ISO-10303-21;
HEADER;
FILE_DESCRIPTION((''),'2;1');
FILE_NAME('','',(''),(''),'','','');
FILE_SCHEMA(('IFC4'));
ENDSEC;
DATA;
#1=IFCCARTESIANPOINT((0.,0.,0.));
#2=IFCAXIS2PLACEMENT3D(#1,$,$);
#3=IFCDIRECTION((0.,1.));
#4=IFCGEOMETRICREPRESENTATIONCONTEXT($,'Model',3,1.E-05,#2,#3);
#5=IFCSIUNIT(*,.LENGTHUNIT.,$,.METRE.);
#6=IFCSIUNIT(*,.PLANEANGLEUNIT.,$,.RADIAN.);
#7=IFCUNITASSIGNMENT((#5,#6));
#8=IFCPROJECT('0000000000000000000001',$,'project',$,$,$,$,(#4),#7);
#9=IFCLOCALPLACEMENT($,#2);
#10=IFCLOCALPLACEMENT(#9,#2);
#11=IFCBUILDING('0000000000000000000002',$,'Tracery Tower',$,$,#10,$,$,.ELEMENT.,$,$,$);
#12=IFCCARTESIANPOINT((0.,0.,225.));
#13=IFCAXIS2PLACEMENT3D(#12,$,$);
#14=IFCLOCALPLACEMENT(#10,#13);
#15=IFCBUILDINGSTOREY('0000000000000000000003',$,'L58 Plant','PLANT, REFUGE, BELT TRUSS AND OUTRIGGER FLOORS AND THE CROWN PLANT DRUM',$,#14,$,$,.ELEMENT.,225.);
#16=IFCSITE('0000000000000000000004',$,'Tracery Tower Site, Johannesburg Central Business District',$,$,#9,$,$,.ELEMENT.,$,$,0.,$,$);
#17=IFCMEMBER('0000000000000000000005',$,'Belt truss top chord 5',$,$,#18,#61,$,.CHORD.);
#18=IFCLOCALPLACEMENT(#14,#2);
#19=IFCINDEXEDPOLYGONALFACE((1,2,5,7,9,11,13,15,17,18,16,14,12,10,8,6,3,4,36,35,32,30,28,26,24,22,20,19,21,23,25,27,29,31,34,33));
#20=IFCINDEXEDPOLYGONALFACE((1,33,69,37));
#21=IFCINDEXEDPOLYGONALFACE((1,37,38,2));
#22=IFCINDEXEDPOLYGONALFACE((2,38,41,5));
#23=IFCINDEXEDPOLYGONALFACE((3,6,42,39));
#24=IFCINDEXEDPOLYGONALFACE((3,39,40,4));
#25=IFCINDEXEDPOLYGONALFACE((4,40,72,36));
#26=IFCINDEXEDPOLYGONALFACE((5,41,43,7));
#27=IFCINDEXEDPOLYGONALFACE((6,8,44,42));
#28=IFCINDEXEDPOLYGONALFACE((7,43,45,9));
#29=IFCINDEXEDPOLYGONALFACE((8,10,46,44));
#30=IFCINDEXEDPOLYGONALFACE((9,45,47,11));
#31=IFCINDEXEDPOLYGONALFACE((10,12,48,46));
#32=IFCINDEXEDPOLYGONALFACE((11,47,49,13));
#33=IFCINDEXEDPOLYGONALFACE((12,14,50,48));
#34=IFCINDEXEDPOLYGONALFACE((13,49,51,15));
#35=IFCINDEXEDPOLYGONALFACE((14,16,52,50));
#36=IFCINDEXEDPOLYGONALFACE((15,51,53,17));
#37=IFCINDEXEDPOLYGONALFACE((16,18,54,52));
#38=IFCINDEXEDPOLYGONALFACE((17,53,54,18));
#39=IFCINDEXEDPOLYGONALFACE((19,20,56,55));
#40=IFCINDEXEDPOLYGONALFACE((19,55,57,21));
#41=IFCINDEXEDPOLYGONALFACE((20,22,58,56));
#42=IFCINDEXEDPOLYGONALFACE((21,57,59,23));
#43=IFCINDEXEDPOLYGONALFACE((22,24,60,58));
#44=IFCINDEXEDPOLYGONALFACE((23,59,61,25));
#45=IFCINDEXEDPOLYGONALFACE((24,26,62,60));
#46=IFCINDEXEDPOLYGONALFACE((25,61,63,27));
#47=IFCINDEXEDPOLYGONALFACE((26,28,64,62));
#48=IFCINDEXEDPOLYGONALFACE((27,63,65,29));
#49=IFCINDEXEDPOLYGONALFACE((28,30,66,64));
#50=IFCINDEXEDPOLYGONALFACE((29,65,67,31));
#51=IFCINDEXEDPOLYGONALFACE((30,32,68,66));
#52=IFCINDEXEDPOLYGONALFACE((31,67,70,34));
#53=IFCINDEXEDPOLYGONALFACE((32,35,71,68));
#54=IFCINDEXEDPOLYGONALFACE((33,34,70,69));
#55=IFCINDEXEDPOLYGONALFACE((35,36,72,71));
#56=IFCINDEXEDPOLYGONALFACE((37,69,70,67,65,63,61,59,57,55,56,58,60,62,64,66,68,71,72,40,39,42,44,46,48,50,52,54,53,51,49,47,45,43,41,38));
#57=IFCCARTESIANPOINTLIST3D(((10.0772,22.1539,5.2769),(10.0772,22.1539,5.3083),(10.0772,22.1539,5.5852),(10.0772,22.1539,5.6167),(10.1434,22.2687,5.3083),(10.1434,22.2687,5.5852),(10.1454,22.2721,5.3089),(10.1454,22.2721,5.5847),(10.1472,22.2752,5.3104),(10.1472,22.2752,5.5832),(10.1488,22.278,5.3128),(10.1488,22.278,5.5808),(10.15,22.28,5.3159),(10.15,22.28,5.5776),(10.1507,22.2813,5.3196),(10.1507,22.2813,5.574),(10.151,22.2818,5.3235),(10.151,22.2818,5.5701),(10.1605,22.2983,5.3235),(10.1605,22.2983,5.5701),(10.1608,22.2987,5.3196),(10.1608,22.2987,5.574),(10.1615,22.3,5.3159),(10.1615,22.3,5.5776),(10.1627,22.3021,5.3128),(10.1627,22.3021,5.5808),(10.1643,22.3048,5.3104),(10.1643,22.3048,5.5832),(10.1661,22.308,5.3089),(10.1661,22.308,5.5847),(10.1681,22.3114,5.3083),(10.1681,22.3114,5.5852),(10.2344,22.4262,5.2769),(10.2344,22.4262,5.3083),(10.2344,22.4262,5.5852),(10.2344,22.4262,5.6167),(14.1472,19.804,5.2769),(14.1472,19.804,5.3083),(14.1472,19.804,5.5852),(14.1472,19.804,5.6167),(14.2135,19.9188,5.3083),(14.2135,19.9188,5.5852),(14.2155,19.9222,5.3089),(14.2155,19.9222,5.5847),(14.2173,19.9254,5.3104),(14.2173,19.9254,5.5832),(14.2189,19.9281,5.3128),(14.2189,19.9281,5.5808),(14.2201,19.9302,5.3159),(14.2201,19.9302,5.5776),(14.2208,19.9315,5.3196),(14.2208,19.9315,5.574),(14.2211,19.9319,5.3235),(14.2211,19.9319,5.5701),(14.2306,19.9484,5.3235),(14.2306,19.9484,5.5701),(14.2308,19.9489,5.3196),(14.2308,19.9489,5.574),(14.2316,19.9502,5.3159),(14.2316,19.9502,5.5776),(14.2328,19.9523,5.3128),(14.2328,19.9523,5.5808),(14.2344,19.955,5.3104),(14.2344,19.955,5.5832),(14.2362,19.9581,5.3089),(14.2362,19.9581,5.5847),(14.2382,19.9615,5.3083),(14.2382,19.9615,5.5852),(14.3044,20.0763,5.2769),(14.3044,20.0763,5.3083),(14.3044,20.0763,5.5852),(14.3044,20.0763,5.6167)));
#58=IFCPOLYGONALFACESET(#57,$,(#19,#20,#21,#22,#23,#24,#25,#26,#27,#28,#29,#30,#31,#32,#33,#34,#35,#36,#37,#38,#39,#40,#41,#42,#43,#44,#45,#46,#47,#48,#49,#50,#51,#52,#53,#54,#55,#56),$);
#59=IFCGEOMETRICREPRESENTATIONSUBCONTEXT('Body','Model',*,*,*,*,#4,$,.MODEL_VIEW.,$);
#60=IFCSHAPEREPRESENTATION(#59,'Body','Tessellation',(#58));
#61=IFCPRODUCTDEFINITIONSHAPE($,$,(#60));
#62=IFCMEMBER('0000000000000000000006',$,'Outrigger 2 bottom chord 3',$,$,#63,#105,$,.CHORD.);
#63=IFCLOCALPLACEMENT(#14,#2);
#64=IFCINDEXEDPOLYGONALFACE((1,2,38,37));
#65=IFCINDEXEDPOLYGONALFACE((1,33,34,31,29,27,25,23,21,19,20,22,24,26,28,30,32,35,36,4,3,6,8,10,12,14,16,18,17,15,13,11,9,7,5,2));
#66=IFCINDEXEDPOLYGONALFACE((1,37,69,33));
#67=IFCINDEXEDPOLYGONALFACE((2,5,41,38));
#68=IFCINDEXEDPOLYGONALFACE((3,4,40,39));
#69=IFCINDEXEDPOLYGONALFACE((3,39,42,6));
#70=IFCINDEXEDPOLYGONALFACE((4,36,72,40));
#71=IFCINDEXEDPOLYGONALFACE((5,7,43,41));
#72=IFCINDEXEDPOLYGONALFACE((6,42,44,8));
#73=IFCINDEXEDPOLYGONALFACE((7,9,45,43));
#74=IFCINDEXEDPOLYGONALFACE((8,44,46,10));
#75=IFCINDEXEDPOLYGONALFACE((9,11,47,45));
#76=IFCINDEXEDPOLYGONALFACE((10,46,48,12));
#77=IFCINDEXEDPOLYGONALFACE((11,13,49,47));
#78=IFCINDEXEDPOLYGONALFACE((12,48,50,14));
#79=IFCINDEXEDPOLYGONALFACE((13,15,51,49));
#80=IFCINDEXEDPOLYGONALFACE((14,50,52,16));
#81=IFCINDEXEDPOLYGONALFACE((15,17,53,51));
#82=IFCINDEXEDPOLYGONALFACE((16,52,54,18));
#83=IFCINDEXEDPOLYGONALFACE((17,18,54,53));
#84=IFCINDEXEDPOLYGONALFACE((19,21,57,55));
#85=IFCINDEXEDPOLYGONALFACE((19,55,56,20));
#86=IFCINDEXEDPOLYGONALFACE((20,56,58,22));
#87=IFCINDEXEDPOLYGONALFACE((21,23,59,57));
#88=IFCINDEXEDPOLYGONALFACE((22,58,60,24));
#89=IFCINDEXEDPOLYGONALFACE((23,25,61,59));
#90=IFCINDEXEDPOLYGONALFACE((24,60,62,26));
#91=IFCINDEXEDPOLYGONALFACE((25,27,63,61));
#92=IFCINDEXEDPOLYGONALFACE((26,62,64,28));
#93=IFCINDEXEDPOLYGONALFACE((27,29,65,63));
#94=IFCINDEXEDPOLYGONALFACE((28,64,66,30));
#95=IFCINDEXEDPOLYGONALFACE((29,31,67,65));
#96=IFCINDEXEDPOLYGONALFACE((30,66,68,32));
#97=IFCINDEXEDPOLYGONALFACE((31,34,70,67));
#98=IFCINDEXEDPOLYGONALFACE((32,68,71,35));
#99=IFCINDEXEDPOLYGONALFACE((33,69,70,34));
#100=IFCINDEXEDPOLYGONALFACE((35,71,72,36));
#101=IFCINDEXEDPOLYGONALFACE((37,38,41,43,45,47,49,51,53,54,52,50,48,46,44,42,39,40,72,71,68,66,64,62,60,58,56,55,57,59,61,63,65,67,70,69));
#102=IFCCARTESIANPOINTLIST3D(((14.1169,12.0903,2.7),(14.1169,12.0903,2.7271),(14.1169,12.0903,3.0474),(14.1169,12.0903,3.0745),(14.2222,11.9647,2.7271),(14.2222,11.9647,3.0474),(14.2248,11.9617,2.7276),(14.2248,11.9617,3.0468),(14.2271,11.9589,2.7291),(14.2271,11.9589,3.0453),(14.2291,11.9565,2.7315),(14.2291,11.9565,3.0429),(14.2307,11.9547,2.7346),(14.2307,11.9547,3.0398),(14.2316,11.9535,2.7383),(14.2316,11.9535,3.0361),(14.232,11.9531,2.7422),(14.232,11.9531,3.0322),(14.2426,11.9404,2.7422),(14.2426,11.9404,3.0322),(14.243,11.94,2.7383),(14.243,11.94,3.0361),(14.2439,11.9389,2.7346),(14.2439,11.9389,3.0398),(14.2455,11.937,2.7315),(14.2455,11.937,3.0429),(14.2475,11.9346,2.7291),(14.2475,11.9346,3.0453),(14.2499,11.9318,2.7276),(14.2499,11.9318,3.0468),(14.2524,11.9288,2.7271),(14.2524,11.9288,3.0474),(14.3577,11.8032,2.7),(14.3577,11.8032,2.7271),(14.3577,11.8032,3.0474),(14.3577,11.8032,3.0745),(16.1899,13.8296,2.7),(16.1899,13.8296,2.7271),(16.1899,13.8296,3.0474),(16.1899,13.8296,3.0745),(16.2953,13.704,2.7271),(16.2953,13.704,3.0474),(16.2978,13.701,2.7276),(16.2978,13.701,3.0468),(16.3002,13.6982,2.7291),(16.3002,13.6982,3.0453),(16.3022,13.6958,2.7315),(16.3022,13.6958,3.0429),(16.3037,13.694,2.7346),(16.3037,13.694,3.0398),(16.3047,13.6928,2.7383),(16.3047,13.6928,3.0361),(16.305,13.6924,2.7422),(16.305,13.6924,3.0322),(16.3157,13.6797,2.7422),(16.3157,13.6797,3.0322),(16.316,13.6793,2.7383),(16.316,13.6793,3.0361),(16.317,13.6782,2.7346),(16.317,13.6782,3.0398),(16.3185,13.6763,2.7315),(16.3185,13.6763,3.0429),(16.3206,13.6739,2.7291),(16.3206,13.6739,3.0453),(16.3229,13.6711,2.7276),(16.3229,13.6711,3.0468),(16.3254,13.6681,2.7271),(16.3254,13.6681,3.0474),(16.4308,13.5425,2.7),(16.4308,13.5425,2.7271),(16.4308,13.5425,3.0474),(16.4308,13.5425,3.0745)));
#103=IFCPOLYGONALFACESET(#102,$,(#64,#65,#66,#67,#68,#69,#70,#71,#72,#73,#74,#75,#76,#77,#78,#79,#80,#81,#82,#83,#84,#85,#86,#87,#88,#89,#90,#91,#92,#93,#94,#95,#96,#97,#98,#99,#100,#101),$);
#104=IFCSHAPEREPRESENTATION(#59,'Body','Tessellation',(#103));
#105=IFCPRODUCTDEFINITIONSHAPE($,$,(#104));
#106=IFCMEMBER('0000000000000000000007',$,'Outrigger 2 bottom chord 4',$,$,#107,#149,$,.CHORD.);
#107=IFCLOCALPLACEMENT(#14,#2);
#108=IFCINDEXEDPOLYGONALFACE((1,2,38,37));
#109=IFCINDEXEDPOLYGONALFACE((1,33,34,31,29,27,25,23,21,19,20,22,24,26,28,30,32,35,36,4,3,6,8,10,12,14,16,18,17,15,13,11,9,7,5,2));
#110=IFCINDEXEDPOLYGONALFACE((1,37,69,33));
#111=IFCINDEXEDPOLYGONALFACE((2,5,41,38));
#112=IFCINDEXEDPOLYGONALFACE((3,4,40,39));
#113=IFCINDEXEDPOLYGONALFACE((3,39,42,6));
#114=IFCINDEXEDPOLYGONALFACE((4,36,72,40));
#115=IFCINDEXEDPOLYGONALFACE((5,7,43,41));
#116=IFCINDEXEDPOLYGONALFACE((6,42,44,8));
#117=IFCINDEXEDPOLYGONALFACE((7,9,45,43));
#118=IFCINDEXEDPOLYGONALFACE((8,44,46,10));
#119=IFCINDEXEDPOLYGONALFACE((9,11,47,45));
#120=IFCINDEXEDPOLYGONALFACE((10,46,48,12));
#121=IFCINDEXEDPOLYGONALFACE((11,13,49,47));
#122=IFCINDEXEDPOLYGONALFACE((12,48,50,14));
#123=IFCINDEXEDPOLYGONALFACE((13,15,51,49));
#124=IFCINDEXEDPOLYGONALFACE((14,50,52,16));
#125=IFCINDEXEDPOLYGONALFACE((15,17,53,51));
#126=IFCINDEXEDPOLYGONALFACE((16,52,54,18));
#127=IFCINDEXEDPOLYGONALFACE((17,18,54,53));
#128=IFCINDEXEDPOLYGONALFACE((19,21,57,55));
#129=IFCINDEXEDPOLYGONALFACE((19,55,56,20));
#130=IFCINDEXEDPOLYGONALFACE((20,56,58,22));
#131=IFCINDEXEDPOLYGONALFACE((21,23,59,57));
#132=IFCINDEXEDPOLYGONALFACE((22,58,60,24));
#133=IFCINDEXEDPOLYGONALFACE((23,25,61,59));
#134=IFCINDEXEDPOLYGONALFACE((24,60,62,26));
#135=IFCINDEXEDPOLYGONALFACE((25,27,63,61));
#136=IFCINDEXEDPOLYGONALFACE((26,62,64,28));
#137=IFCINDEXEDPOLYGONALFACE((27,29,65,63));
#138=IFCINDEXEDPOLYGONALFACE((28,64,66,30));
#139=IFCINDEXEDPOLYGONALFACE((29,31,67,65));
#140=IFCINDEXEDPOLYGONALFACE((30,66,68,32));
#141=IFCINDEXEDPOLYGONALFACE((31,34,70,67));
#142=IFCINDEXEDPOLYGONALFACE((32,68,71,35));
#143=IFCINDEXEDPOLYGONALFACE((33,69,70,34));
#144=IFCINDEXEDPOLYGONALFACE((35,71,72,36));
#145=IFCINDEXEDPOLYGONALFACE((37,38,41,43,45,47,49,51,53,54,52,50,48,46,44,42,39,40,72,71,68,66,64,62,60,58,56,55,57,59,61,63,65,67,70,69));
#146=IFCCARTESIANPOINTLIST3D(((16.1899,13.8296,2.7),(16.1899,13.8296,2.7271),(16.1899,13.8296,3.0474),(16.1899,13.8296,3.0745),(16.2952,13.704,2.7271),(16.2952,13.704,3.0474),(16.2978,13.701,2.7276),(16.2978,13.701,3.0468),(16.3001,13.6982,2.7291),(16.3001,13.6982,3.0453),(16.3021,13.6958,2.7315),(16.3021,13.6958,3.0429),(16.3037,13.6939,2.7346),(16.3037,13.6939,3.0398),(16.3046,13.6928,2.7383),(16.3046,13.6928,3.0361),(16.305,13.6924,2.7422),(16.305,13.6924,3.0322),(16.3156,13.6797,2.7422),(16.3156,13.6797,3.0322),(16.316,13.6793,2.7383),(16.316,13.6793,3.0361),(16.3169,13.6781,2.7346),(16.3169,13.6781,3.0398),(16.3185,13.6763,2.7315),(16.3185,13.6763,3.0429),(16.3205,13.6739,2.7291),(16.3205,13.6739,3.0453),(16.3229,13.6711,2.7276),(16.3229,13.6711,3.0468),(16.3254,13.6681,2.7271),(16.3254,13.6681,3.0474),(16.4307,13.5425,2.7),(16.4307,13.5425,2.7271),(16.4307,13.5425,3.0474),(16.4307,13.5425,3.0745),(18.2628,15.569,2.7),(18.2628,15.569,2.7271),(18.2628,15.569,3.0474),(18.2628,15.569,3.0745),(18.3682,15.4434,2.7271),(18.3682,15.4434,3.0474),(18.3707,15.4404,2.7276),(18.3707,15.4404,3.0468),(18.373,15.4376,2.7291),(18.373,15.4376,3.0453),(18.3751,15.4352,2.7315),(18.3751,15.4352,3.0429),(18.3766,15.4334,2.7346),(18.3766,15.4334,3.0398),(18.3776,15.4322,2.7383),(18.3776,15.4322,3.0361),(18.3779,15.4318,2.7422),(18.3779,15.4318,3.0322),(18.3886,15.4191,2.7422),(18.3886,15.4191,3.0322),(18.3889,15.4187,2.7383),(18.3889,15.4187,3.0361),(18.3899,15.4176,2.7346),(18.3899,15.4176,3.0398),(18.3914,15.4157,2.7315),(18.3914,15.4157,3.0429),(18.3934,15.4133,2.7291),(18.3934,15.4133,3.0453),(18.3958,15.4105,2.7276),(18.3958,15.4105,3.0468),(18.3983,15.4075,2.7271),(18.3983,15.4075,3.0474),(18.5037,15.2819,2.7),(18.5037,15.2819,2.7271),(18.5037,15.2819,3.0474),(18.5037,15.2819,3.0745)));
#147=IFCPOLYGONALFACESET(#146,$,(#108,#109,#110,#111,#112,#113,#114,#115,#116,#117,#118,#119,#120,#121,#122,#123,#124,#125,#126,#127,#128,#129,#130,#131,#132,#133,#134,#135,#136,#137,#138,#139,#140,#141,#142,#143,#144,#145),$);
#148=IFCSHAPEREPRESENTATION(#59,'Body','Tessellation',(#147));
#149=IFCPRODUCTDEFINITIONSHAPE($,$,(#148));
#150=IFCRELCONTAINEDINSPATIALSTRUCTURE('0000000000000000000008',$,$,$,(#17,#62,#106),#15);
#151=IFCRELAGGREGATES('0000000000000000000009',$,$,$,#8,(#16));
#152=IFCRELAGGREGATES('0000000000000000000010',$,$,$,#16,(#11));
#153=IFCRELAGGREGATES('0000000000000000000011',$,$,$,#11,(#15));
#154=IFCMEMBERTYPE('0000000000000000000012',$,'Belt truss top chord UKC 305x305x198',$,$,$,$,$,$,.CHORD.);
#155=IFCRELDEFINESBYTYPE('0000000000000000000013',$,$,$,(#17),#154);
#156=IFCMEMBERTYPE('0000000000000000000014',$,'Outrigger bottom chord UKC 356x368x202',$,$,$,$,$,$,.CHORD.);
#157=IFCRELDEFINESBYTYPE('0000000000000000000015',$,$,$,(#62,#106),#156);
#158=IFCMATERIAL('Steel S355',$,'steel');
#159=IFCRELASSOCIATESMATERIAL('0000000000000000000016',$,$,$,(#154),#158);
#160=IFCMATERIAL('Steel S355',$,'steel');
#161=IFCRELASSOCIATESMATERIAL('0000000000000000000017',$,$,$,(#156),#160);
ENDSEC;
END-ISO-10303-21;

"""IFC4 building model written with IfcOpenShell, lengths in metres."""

from ifc_helpers import new_model, si_unit, direction, frame, origin, origin_2d, place, context, subcontext, project, spatial, i_section, extrude, material, material_profile, profile_set, type_object, element, save


model = new_model("IFC4")

# Units and contexts
model_context = context("Model", 3, precision=1e-05, world=origin(), true_north=direction((0.0, 1.0)))
body_context = subcontext(model_context, "Body", "Model", "MODEL_VIEW")
ifc_project = project(units=[si_unit("LENGTHUNIT", "METRE"), si_unit("PLANEANGLEUNIT", "RADIAN")], contexts=[model_context])

# Site, building, storey
site_placement = place(None, origin())
site = spatial("IfcSite", under=ifc_project, at=site_placement, Name="Tracery Tower Site, Johannesburg Central Business District", CompositionType="ELEMENT", RefElevation=0.0)
building_placement = place(site_placement, origin())
building = spatial("IfcBuilding", under=site, at=building_placement, Name="Tracery Tower", CompositionType="ELEMENT")
storey_placement = place(building_placement, frame((0.0, 0.0, 225.0)))
storey = spatial("IfcBuildingStorey", under=building, at=storey_placement, Name="L58 Plant", Description="PLANT, REFUGE, BELT TRUSS AND OUTRIGGER FLOORS AND THE CROWN PLANT DRUM", CompositionType="ELEMENT", Elevation=225.0)

# Members
ifc_material_1 = material(Name="Steel S355", Category="steel")
ifc_material_profile_1 = material_profile(ifc_material_1, i_section(OverallWidth=0.3145, OverallDepth=0.3398, WebThickness=0.019, FlangeThickness=0.0315, FilletRadius=0.0151, at=origin_2d()), Name="UKC 305x305x198")
ifc_profile_set_1 = profile_set([ifc_material_profile_1], Name="Steel S355")
member_type_1 = type_object("IfcMemberType", Name="Belt truss top chord UKC 305x305x198", PredefinedType="CHORD", material=ifc_profile_set_1)
member_1_placement = place(storey_placement, frame((14.2258, 19.9402, 5.4468), z_axis=(-0.866026, 0.5, 0.0), x_axis=(-0.5, -0.866026, 0.0)))
element("IfcMember", 1, at=member_1_placement, inside=storey, type_object=member_type_1, Name="Belt truss top chord 5", PredefinedType="CHORD", context=body_context, shape_type="SweptSolid", body=[
    extrude(i_section(OverallWidth=0.3145, OverallDepth=0.3398, WebThickness=0.019, FlangeThickness=0.0315, FilletRadius=0.0151, at=origin_2d()), origin(), (0.0, 0.0, 1.0), 4.6997),
])
ifc_material_2 = material(Name="Steel S355", Category="steel")
ifc_material_profile_2 = material_profile(ifc_material_2, i_section(OverallWidth=0.3748, OverallDepth=0.3745, WebThickness=0.0166, FlangeThickness=0.0271, FilletRadius=0.0151, at=origin_2d()), Name="UKC 356x368x202")
ifc_profile_set_2 = profile_set([ifc_material_profile_2], Name="Steel S355")
member_type_2 = type_object("IfcMemberType", Name="Outrigger bottom chord UKC 356x368x202", PredefinedType="CHORD", material=ifc_profile_set_2)
for number, where, z_axis, x_axis, name in (
    (2, (14.2373, 11.9468, 2.8872), (0.76608, 0.642746, 0.0), (-0.642746, 0.76608, 0.0), "Outrigger 2 bottom chord 3"),
    (3, (16.3103, 13.686, 2.8872), (0.766035, 0.642798, 0.0), (-0.642798, 0.766035, 0.0), "Outrigger 2 bottom chord 4"),
):
    element("IfcMember", number, at=place(storey_placement, frame(where, z_axis=z_axis, x_axis=x_axis)), inside=storey, type_object=member_type_2, Name=name, PredefinedType="CHORD", context=body_context, shape_type="SweptSolid", body=[
        extrude(i_section(OverallWidth=0.3748, OverallDepth=0.3745, WebThickness=0.0166, FlangeThickness=0.0271, FilletRadius=0.0151, at=origin_2d()), origin(), (0.0, 0.0, 1.0), 2.7061),
    ])

save(model, "model.ifc")
